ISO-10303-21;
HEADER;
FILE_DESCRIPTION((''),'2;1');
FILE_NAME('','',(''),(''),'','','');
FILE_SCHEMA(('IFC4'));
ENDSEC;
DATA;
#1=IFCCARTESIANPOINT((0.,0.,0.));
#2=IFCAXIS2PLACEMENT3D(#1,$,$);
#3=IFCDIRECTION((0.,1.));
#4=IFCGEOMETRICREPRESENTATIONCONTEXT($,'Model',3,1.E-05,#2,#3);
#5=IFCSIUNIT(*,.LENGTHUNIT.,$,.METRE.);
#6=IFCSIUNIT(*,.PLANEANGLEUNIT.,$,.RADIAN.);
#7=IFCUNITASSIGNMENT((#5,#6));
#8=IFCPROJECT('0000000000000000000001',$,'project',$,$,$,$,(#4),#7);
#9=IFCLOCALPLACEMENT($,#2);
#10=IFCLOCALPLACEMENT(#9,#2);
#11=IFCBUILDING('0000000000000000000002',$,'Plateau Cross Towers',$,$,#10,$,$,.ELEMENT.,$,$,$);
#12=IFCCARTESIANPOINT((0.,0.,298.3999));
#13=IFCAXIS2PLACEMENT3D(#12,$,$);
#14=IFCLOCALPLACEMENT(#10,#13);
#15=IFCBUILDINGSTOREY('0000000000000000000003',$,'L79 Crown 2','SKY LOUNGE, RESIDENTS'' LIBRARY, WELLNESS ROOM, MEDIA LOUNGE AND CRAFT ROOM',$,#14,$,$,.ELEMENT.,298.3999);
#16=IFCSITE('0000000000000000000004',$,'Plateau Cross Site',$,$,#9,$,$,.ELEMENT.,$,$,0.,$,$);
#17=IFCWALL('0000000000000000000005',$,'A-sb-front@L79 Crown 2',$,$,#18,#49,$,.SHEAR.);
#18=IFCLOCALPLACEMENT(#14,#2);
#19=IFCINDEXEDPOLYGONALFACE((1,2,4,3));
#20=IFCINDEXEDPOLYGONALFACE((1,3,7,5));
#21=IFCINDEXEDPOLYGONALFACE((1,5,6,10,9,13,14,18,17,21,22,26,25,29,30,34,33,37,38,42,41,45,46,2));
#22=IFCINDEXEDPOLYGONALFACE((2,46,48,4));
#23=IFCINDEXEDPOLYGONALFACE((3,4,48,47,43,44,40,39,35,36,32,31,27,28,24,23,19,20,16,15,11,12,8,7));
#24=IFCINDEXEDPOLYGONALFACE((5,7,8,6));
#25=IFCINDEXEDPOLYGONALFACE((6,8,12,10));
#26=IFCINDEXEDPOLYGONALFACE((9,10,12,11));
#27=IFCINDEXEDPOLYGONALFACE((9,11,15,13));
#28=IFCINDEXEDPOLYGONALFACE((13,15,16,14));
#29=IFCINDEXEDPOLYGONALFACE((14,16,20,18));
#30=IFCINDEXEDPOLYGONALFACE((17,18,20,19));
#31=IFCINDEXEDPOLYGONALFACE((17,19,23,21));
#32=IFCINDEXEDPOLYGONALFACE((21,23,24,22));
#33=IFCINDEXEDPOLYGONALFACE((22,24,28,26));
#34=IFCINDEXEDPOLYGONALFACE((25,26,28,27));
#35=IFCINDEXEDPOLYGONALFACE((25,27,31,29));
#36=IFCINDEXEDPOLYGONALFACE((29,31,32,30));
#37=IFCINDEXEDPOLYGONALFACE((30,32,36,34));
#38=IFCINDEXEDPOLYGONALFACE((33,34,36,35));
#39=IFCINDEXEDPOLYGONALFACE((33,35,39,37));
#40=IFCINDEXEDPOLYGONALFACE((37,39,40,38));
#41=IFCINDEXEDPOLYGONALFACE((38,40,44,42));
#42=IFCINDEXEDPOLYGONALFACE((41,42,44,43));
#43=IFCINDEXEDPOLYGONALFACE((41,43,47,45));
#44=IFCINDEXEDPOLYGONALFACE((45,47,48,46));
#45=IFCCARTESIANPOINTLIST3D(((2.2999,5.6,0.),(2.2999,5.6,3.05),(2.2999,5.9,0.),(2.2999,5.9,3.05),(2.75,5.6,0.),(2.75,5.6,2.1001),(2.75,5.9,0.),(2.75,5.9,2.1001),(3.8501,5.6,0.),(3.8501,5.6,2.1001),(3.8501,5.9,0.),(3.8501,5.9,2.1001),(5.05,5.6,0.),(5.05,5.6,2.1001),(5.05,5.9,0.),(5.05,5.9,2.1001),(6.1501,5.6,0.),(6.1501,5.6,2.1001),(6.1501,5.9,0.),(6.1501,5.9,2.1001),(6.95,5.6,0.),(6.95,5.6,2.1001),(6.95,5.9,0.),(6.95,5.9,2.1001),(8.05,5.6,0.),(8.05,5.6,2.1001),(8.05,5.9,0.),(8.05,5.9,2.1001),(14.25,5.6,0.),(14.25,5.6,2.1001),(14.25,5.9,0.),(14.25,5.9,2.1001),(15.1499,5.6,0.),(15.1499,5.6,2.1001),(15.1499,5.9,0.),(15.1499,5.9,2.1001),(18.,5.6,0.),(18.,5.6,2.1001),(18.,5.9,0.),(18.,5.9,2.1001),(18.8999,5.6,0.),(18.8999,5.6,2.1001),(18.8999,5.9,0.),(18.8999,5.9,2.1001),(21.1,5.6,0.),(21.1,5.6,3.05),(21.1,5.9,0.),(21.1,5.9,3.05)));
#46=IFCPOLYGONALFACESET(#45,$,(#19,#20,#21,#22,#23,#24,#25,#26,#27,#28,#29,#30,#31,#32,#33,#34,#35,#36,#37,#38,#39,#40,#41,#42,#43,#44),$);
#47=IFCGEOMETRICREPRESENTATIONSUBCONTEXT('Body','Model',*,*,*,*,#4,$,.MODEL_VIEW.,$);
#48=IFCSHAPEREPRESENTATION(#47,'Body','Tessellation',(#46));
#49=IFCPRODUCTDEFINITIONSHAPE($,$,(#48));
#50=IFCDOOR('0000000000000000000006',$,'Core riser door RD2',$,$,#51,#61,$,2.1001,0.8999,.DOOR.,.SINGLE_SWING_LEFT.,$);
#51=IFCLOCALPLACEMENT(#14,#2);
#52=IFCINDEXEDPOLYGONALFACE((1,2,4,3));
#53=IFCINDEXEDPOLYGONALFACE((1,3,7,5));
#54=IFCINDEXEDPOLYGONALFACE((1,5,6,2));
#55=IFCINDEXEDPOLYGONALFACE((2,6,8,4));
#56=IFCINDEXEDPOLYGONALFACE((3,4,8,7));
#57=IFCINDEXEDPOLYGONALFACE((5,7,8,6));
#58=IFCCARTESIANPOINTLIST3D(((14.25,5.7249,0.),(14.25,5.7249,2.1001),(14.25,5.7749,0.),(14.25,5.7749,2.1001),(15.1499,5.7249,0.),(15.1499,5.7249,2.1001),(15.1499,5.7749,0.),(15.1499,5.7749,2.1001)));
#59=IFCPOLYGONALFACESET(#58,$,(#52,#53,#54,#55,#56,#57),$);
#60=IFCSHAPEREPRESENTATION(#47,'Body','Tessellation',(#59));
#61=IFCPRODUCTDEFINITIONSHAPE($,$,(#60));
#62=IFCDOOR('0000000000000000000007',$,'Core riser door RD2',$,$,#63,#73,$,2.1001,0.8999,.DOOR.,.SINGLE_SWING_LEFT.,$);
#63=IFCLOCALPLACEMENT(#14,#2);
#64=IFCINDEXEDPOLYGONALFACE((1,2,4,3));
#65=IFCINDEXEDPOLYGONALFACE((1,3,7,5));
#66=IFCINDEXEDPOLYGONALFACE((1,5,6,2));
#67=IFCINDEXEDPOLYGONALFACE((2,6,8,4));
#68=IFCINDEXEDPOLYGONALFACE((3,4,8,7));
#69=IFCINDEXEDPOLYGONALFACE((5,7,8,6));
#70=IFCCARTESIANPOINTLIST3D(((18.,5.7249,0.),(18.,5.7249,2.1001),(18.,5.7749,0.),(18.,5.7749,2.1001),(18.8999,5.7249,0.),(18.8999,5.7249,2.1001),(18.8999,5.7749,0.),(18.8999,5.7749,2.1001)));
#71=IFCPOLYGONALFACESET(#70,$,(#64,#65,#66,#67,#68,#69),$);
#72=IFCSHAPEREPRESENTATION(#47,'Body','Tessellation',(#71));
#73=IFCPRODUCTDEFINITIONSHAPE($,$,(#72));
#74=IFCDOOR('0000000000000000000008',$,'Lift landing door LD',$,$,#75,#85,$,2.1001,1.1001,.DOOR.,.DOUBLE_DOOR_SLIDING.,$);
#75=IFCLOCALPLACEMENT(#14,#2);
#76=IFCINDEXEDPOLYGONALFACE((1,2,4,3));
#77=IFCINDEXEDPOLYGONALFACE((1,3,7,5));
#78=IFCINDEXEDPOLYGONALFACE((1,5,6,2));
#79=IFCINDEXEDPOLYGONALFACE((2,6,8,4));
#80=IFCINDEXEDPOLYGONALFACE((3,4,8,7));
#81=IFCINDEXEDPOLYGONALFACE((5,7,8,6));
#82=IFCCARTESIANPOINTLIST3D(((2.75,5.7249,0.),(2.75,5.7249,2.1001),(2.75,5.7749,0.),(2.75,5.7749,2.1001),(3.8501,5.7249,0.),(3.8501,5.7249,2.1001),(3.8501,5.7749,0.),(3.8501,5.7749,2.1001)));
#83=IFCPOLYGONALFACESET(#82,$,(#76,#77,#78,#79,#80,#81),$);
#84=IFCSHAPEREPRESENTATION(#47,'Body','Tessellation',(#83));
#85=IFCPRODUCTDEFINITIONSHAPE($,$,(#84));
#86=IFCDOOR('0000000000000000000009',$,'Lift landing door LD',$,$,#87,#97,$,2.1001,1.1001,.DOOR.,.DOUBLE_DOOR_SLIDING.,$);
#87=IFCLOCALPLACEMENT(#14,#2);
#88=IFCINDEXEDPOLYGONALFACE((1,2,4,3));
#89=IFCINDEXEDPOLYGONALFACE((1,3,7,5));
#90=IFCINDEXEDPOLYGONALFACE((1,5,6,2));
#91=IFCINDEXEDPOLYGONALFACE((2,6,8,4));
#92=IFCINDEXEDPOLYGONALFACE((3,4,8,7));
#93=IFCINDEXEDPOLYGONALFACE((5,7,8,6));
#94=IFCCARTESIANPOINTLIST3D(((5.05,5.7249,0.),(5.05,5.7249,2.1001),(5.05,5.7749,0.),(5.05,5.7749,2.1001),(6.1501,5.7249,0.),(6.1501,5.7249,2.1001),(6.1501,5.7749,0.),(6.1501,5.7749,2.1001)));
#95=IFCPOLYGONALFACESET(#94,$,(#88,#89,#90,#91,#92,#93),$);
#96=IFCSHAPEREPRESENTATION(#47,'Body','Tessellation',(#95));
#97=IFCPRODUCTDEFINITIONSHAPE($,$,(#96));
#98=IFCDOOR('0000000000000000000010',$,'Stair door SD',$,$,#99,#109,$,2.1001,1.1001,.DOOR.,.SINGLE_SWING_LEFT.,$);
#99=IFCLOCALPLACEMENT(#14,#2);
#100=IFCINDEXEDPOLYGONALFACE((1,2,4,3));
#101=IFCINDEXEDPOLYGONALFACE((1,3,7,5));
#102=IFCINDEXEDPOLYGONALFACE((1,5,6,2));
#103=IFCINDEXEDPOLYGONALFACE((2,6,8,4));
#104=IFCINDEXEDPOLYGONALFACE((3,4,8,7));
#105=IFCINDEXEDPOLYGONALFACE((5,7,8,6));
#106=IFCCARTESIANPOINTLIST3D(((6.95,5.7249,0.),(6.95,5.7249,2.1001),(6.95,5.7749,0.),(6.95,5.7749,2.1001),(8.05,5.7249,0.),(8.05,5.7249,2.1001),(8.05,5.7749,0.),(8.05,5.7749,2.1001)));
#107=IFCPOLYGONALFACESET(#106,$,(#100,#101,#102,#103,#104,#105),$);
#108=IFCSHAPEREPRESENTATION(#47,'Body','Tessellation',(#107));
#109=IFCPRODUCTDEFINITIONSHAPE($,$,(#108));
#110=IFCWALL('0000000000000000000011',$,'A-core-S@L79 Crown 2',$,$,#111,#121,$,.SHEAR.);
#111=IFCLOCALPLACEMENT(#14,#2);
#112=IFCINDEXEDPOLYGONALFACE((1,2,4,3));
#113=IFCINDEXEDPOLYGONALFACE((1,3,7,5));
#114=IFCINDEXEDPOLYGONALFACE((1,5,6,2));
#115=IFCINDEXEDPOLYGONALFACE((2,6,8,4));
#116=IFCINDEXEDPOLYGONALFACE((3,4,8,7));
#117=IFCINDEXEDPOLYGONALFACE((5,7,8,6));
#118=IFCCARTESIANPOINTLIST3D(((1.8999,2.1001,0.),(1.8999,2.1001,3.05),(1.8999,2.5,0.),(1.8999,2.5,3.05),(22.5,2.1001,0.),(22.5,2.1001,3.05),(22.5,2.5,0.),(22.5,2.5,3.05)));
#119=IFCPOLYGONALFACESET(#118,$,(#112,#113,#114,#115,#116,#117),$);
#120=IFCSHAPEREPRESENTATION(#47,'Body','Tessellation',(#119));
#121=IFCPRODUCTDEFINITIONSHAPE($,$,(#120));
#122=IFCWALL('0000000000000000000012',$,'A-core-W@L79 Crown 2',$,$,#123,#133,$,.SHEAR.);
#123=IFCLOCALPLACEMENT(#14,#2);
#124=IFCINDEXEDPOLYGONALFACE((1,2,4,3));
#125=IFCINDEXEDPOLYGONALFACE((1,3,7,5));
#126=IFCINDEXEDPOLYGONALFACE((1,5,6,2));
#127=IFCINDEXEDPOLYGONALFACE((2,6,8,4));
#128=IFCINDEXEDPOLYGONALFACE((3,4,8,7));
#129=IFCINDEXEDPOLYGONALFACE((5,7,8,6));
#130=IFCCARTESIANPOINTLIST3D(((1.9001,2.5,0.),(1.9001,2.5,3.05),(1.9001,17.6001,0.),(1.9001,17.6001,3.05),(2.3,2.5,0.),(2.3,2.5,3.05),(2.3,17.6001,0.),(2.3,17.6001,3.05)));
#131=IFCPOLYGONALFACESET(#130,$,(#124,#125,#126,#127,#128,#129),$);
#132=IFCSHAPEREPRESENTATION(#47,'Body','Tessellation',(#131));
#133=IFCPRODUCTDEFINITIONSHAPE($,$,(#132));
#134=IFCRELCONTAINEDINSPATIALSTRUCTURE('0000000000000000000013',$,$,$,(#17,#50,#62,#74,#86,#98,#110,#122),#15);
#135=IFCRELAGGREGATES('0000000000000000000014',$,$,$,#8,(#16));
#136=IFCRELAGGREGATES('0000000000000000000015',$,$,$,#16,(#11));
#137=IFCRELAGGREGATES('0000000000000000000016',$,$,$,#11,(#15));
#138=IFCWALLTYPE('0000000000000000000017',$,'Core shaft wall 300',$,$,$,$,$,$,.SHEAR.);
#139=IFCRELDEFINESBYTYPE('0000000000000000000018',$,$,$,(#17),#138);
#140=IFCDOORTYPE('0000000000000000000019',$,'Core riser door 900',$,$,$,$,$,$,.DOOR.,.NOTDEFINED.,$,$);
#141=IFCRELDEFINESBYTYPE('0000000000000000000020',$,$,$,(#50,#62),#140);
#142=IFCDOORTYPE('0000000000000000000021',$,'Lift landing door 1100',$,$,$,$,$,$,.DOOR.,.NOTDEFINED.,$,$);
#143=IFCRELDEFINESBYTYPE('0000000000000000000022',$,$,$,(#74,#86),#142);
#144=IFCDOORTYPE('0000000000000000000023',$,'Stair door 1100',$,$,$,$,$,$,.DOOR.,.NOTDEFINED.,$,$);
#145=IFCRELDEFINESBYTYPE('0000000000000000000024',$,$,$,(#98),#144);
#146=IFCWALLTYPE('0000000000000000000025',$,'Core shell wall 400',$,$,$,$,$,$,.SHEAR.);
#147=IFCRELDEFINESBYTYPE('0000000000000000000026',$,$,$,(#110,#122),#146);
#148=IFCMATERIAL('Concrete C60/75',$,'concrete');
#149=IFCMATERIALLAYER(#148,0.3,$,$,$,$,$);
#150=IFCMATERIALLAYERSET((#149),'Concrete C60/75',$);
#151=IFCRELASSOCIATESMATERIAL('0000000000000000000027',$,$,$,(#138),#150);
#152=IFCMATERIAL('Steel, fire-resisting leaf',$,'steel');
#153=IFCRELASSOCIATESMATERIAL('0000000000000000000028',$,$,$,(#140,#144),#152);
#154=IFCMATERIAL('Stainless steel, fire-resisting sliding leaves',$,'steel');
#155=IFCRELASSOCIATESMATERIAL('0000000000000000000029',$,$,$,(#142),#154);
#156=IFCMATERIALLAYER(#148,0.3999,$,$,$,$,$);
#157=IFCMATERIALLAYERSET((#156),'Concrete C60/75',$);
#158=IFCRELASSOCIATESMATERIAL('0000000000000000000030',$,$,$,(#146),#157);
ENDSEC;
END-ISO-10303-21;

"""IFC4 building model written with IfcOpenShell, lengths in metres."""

from ifc_helpers import new_model, si_unit, direction, frame, frame_2d, origin, place, context, subcontext, project, spatial, rectangle, extrude, material, layer, layer_set, type_object, element, fill, save


model = new_model("IFC4")

# Units and contexts
model_context = context("Model", 3, precision=1e-05, world=origin(), true_north=direction((0.0, 1.0)))
body_context = subcontext(model_context, "Body", "Model", "MODEL_VIEW")
ifc_project = project(units=[si_unit("LENGTHUNIT", "METRE"), si_unit("PLANEANGLEUNIT", "RADIAN")], contexts=[model_context])

# Site, building, storey
site_placement = place(None, origin())
site = spatial("IfcSite", under=ifc_project, at=site_placement, Name="Plateau Cross Site", CompositionType="ELEMENT", RefElevation=0.0)
building_placement = place(site_placement, origin())
building = spatial("IfcBuilding", under=site, at=building_placement, Name="Plateau Cross Towers", CompositionType="ELEMENT")
storey_placement = place(building_placement, frame((0.0, 0.0, 298.3999)))
storey = spatial("IfcBuildingStorey", under=building, at=storey_placement, Name="L79 Crown 2", Description="SKY LOUNGE, RESIDENTS' LIBRARY, WELLNESS ROOM, MEDIA LOUNGE AND CRAFT ROOM", CompositionType="ELEMENT", Elevation=298.3999)

# Shared definitions
ifc_material_1 = material(Name="Concrete C60/75", Category="concrete")

# Shared definitions
ifc_layer_1 = layer(ifc_material_1, 0.3)
ifc_layer_set_1 = layer_set([ifc_layer_1], Name="Concrete C60/75")
wall_type_1 = type_object("IfcWallType", Name="Core shaft wall 300", PredefinedType="SHEAR", material=ifc_layer_set_1)

# Wall, openings, doors
wall_1_placement = place(storey_placement, frame((2.3, 5.75, 0.0), z_axis=(0.0, 0.0, 1.0), x_axis=(1.0, 0.0, 0.0)))
wall_1 = element("IfcWall", 1, at=wall_1_placement, inside=storey, type_object=wall_type_1, Name="A-sb-front@L79 Crown 2", PredefinedType="SHEAR", context=body_context, shape_type="SweptSolid", body=[
    extrude(rectangle(XDim=18.8, YDim=0.3, at=frame_2d((9.3999, 0.0))), origin(), (0.0, 0.0, 1.0), 3.05),
])
opening_1_placement = place(wall_1_placement, frame((4.6499, 0.0, 0.0)))
opening_1 = element("IfcOpeningElement", 2, at=opening_1_placement, cuts=wall_1, PredefinedType="OPENING", context=body_context, shape_type="SweptSolid", body=[
    extrude(rectangle(XDim=1.1001, YDim=2.1001, at=frame_2d((0.55, 1.05))), frame((0.0, 0.1599, 0.0), z_axis=(0.0, -1.0, 0.0), x_axis=(1.0, 0.0, 0.0)), (0.0, 0.0, 1.0), 0.3201),
])
opening_2_placement = place(wall_1_placement, frame((0.45, 0.0, 0.0)))
opening_2 = element("IfcOpeningElement", 3, at=opening_2_placement, cuts=wall_1, PredefinedType="OPENING", context=body_context, shape_type="SweptSolid", body=[
    extrude(rectangle(XDim=1.1001, YDim=2.1001, at=frame_2d((0.55, 1.05))), frame((0.0, 0.1599, 0.0), z_axis=(0.0, -1.0, 0.0), x_axis=(1.0, 0.0, 0.0)), (0.0, 0.0, 1.0), 0.3201),
])
opening_3_placement = place(wall_1_placement, frame((2.75, 0.0, 0.0)))
opening_3 = element("IfcOpeningElement", 4, at=opening_3_placement, cuts=wall_1, PredefinedType="OPENING", context=body_context, shape_type="SweptSolid", body=[
    extrude(rectangle(XDim=1.1001, YDim=2.1001, at=frame_2d((0.55, 1.05))), frame((0.0, 0.1599, 0.0), z_axis=(0.0, -1.0, 0.0), x_axis=(1.0, 0.0, 0.0)), (0.0, 0.0, 1.0), 0.3201),
])
opening_4_placement = place(wall_1_placement, frame((11.95, 0.0, 0.0)))
opening_4 = element("IfcOpeningElement", 5, at=opening_4_placement, cuts=wall_1, PredefinedType="OPENING", context=body_context, shape_type="SweptSolid", body=[
    extrude(rectangle(XDim=0.8999, YDim=2.1001, at=frame_2d((0.45, 1.05))), frame((0.0, 0.1599, 0.0), z_axis=(0.0, -1.0, 0.0), x_axis=(1.0, 0.0, 0.0)), (0.0, 0.0, 1.0), 0.3201),
])
opening_5_placement = place(wall_1_placement, frame((15.7, 0.0, 0.0)))
opening_5 = element("IfcOpeningElement", 6, at=opening_5_placement, cuts=wall_1, PredefinedType="OPENING", context=body_context, shape_type="SweptSolid", body=[
    extrude(rectangle(XDim=0.8999, YDim=2.1001, at=frame_2d((0.45, 1.05))), frame((0.0, 0.1599, 0.0), z_axis=(0.0, -1.0, 0.0), x_axis=(1.0, 0.0, 0.0)), (0.0, 0.0, 1.0), 0.3201),
])
ifc_material_2 = material(Name="Steel, fire-resisting leaf", Category="steel")
door_type_1 = type_object("IfcDoorType", Name="Core riser door 900", OperationType="NOTDEFINED", PredefinedType="DOOR", material=ifc_material_2)
door_1_placement = place(opening_4_placement, origin())
door_1 = element("IfcDoor", 7, at=door_1_placement, inside=storey, type_object=door_type_1, Name="Core riser door RD2", OperationType="SINGLE_SWING_LEFT", OverallHeight=2.1001, OverallWidth=0.8999, PredefinedType="DOOR", context=body_context, shape_type="SweptSolid", body=[
    extrude(rectangle(XDim=0.8999, YDim=2.1001, at=frame_2d((0.45, 1.05))), frame((0.0, 0.0249, 0.0), z_axis=(0.0, -1.0, 0.0), x_axis=(1.0, 0.0, 0.0)), (0.0, 0.0, 1.0), 0.05),
])
fill(opening_4, door_1)
door_2_placement = place(opening_5_placement, origin())
door_2 = element("IfcDoor", 8, at=door_2_placement, inside=storey, type_object=door_type_1, Name="Core riser door RD2", OperationType="SINGLE_SWING_LEFT", OverallHeight=2.1001, OverallWidth=0.8999, PredefinedType="DOOR", context=body_context, shape_type="SweptSolid", body=[
    extrude(rectangle(XDim=0.8999, YDim=2.1001, at=frame_2d((0.45, 1.05))), frame((0.0, 0.0249, 0.0), z_axis=(0.0, -1.0, 0.0), x_axis=(1.0, 0.0, 0.0)), (0.0, 0.0, 1.0), 0.05),
])
fill(opening_5, door_2)
ifc_material_3 = material(Name="Stainless steel, fire-resisting sliding leaves", Category="steel")
door_type_2 = type_object("IfcDoorType", Name="Lift landing door 1100", OperationType="NOTDEFINED", PredefinedType="DOOR", material=ifc_material_3)
door_3_placement = place(opening_2_placement, origin())
door_3 = element("IfcDoor", 9, at=door_3_placement, inside=storey, type_object=door_type_2, Name="Lift landing door LD", OperationType="DOUBLE_DOOR_SLIDING", OverallHeight=2.1001, OverallWidth=1.1001, PredefinedType="DOOR", context=body_context, shape_type="SweptSolid", body=[
    extrude(rectangle(XDim=1.1001, YDim=2.1001, at=frame_2d((0.55, 1.05))), frame((0.0, 0.0249, 0.0), z_axis=(0.0, -1.0, 0.0), x_axis=(1.0, 0.0, 0.0)), (0.0, 0.0, 1.0), 0.05),
])
fill(opening_2, door_3)
door_4_placement = place(opening_3_placement, origin())
door_4 = element("IfcDoor", 10, at=door_4_placement, inside=storey, type_object=door_type_2, Name="Lift landing door LD", OperationType="DOUBLE_DOOR_SLIDING", OverallHeight=2.1001, OverallWidth=1.1001, PredefinedType="DOOR", context=body_context, shape_type="SweptSolid", body=[
    extrude(rectangle(XDim=1.1001, YDim=2.1001, at=frame_2d((0.55, 1.05))), frame((0.0, 0.0249, 0.0), z_axis=(0.0, -1.0, 0.0), x_axis=(1.0, 0.0, 0.0)), (0.0, 0.0, 1.0), 0.05),
])
fill(opening_3, door_4)
door_type_3 = type_object("IfcDoorType", Name="Stair door 1100", OperationType="NOTDEFINED", PredefinedType="DOOR", material=ifc_material_2)
door_5_placement = place(opening_1_placement, origin())
door_5 = element("IfcDoor", 11, at=door_5_placement, inside=storey, type_object=door_type_3, Name="Stair door SD", OperationType="SINGLE_SWING_LEFT", OverallHeight=2.1001, OverallWidth=1.1001, PredefinedType="DOOR", context=body_context, shape_type="SweptSolid", body=[
    extrude(rectangle(XDim=1.1001, YDim=2.1001, at=frame_2d((0.55, 1.05))), frame((0.0, 0.0249, 0.0), z_axis=(0.0, -1.0, 0.0), x_axis=(1.0, 0.0, 0.0)), (0.0, 0.0, 1.0), 0.05),
])
fill(opening_1, door_5)

# Walls
ifc_layer_2 = layer(ifc_material_1, 0.3999)
ifc_layer_set_2 = layer_set([ifc_layer_2], Name="Concrete C60/75")
wall_type_2 = type_object("IfcWallType", Name="Core shell wall 400", PredefinedType="SHEAR", material=ifc_layer_set_2)
wall_2_placement = place(storey_placement, frame((1.8999, 2.3, 0.0), z_axis=(0.0, 0.0, 1.0), x_axis=(1.0, 0.0, 0.0)))
element("IfcWall", 12, at=wall_2_placement, inside=storey, type_object=wall_type_2, Name="A-core-S@L79 Crown 2", PredefinedType="SHEAR", context=body_context, shape_type="SweptSolid", body=[
    extrude(rectangle(XDim=20.6001, YDim=0.3999, at=frame_2d((10.3, 0.0))), origin(), (0.0, 0.0, 1.0), 3.05),
])
wall_3_placement = place(storey_placement, frame((2.1001, 2.5, 0.0), z_axis=(0.0, 0.0, 1.0), x_axis=(0.0, 1.0, 0.0)))
element("IfcWall", 13, at=wall_3_placement, inside=storey, type_object=wall_type_2, Name="A-core-W@L79 Crown 2", PredefinedType="SHEAR", context=body_context, shape_type="SweptSolid", body=[
    extrude(rectangle(XDim=15.1001, YDim=0.3999, at=frame_2d((7.55, 0.0))), origin(), (0.0, 0.0, 1.0), 3.05),
])

save(model, "model.ifc")
